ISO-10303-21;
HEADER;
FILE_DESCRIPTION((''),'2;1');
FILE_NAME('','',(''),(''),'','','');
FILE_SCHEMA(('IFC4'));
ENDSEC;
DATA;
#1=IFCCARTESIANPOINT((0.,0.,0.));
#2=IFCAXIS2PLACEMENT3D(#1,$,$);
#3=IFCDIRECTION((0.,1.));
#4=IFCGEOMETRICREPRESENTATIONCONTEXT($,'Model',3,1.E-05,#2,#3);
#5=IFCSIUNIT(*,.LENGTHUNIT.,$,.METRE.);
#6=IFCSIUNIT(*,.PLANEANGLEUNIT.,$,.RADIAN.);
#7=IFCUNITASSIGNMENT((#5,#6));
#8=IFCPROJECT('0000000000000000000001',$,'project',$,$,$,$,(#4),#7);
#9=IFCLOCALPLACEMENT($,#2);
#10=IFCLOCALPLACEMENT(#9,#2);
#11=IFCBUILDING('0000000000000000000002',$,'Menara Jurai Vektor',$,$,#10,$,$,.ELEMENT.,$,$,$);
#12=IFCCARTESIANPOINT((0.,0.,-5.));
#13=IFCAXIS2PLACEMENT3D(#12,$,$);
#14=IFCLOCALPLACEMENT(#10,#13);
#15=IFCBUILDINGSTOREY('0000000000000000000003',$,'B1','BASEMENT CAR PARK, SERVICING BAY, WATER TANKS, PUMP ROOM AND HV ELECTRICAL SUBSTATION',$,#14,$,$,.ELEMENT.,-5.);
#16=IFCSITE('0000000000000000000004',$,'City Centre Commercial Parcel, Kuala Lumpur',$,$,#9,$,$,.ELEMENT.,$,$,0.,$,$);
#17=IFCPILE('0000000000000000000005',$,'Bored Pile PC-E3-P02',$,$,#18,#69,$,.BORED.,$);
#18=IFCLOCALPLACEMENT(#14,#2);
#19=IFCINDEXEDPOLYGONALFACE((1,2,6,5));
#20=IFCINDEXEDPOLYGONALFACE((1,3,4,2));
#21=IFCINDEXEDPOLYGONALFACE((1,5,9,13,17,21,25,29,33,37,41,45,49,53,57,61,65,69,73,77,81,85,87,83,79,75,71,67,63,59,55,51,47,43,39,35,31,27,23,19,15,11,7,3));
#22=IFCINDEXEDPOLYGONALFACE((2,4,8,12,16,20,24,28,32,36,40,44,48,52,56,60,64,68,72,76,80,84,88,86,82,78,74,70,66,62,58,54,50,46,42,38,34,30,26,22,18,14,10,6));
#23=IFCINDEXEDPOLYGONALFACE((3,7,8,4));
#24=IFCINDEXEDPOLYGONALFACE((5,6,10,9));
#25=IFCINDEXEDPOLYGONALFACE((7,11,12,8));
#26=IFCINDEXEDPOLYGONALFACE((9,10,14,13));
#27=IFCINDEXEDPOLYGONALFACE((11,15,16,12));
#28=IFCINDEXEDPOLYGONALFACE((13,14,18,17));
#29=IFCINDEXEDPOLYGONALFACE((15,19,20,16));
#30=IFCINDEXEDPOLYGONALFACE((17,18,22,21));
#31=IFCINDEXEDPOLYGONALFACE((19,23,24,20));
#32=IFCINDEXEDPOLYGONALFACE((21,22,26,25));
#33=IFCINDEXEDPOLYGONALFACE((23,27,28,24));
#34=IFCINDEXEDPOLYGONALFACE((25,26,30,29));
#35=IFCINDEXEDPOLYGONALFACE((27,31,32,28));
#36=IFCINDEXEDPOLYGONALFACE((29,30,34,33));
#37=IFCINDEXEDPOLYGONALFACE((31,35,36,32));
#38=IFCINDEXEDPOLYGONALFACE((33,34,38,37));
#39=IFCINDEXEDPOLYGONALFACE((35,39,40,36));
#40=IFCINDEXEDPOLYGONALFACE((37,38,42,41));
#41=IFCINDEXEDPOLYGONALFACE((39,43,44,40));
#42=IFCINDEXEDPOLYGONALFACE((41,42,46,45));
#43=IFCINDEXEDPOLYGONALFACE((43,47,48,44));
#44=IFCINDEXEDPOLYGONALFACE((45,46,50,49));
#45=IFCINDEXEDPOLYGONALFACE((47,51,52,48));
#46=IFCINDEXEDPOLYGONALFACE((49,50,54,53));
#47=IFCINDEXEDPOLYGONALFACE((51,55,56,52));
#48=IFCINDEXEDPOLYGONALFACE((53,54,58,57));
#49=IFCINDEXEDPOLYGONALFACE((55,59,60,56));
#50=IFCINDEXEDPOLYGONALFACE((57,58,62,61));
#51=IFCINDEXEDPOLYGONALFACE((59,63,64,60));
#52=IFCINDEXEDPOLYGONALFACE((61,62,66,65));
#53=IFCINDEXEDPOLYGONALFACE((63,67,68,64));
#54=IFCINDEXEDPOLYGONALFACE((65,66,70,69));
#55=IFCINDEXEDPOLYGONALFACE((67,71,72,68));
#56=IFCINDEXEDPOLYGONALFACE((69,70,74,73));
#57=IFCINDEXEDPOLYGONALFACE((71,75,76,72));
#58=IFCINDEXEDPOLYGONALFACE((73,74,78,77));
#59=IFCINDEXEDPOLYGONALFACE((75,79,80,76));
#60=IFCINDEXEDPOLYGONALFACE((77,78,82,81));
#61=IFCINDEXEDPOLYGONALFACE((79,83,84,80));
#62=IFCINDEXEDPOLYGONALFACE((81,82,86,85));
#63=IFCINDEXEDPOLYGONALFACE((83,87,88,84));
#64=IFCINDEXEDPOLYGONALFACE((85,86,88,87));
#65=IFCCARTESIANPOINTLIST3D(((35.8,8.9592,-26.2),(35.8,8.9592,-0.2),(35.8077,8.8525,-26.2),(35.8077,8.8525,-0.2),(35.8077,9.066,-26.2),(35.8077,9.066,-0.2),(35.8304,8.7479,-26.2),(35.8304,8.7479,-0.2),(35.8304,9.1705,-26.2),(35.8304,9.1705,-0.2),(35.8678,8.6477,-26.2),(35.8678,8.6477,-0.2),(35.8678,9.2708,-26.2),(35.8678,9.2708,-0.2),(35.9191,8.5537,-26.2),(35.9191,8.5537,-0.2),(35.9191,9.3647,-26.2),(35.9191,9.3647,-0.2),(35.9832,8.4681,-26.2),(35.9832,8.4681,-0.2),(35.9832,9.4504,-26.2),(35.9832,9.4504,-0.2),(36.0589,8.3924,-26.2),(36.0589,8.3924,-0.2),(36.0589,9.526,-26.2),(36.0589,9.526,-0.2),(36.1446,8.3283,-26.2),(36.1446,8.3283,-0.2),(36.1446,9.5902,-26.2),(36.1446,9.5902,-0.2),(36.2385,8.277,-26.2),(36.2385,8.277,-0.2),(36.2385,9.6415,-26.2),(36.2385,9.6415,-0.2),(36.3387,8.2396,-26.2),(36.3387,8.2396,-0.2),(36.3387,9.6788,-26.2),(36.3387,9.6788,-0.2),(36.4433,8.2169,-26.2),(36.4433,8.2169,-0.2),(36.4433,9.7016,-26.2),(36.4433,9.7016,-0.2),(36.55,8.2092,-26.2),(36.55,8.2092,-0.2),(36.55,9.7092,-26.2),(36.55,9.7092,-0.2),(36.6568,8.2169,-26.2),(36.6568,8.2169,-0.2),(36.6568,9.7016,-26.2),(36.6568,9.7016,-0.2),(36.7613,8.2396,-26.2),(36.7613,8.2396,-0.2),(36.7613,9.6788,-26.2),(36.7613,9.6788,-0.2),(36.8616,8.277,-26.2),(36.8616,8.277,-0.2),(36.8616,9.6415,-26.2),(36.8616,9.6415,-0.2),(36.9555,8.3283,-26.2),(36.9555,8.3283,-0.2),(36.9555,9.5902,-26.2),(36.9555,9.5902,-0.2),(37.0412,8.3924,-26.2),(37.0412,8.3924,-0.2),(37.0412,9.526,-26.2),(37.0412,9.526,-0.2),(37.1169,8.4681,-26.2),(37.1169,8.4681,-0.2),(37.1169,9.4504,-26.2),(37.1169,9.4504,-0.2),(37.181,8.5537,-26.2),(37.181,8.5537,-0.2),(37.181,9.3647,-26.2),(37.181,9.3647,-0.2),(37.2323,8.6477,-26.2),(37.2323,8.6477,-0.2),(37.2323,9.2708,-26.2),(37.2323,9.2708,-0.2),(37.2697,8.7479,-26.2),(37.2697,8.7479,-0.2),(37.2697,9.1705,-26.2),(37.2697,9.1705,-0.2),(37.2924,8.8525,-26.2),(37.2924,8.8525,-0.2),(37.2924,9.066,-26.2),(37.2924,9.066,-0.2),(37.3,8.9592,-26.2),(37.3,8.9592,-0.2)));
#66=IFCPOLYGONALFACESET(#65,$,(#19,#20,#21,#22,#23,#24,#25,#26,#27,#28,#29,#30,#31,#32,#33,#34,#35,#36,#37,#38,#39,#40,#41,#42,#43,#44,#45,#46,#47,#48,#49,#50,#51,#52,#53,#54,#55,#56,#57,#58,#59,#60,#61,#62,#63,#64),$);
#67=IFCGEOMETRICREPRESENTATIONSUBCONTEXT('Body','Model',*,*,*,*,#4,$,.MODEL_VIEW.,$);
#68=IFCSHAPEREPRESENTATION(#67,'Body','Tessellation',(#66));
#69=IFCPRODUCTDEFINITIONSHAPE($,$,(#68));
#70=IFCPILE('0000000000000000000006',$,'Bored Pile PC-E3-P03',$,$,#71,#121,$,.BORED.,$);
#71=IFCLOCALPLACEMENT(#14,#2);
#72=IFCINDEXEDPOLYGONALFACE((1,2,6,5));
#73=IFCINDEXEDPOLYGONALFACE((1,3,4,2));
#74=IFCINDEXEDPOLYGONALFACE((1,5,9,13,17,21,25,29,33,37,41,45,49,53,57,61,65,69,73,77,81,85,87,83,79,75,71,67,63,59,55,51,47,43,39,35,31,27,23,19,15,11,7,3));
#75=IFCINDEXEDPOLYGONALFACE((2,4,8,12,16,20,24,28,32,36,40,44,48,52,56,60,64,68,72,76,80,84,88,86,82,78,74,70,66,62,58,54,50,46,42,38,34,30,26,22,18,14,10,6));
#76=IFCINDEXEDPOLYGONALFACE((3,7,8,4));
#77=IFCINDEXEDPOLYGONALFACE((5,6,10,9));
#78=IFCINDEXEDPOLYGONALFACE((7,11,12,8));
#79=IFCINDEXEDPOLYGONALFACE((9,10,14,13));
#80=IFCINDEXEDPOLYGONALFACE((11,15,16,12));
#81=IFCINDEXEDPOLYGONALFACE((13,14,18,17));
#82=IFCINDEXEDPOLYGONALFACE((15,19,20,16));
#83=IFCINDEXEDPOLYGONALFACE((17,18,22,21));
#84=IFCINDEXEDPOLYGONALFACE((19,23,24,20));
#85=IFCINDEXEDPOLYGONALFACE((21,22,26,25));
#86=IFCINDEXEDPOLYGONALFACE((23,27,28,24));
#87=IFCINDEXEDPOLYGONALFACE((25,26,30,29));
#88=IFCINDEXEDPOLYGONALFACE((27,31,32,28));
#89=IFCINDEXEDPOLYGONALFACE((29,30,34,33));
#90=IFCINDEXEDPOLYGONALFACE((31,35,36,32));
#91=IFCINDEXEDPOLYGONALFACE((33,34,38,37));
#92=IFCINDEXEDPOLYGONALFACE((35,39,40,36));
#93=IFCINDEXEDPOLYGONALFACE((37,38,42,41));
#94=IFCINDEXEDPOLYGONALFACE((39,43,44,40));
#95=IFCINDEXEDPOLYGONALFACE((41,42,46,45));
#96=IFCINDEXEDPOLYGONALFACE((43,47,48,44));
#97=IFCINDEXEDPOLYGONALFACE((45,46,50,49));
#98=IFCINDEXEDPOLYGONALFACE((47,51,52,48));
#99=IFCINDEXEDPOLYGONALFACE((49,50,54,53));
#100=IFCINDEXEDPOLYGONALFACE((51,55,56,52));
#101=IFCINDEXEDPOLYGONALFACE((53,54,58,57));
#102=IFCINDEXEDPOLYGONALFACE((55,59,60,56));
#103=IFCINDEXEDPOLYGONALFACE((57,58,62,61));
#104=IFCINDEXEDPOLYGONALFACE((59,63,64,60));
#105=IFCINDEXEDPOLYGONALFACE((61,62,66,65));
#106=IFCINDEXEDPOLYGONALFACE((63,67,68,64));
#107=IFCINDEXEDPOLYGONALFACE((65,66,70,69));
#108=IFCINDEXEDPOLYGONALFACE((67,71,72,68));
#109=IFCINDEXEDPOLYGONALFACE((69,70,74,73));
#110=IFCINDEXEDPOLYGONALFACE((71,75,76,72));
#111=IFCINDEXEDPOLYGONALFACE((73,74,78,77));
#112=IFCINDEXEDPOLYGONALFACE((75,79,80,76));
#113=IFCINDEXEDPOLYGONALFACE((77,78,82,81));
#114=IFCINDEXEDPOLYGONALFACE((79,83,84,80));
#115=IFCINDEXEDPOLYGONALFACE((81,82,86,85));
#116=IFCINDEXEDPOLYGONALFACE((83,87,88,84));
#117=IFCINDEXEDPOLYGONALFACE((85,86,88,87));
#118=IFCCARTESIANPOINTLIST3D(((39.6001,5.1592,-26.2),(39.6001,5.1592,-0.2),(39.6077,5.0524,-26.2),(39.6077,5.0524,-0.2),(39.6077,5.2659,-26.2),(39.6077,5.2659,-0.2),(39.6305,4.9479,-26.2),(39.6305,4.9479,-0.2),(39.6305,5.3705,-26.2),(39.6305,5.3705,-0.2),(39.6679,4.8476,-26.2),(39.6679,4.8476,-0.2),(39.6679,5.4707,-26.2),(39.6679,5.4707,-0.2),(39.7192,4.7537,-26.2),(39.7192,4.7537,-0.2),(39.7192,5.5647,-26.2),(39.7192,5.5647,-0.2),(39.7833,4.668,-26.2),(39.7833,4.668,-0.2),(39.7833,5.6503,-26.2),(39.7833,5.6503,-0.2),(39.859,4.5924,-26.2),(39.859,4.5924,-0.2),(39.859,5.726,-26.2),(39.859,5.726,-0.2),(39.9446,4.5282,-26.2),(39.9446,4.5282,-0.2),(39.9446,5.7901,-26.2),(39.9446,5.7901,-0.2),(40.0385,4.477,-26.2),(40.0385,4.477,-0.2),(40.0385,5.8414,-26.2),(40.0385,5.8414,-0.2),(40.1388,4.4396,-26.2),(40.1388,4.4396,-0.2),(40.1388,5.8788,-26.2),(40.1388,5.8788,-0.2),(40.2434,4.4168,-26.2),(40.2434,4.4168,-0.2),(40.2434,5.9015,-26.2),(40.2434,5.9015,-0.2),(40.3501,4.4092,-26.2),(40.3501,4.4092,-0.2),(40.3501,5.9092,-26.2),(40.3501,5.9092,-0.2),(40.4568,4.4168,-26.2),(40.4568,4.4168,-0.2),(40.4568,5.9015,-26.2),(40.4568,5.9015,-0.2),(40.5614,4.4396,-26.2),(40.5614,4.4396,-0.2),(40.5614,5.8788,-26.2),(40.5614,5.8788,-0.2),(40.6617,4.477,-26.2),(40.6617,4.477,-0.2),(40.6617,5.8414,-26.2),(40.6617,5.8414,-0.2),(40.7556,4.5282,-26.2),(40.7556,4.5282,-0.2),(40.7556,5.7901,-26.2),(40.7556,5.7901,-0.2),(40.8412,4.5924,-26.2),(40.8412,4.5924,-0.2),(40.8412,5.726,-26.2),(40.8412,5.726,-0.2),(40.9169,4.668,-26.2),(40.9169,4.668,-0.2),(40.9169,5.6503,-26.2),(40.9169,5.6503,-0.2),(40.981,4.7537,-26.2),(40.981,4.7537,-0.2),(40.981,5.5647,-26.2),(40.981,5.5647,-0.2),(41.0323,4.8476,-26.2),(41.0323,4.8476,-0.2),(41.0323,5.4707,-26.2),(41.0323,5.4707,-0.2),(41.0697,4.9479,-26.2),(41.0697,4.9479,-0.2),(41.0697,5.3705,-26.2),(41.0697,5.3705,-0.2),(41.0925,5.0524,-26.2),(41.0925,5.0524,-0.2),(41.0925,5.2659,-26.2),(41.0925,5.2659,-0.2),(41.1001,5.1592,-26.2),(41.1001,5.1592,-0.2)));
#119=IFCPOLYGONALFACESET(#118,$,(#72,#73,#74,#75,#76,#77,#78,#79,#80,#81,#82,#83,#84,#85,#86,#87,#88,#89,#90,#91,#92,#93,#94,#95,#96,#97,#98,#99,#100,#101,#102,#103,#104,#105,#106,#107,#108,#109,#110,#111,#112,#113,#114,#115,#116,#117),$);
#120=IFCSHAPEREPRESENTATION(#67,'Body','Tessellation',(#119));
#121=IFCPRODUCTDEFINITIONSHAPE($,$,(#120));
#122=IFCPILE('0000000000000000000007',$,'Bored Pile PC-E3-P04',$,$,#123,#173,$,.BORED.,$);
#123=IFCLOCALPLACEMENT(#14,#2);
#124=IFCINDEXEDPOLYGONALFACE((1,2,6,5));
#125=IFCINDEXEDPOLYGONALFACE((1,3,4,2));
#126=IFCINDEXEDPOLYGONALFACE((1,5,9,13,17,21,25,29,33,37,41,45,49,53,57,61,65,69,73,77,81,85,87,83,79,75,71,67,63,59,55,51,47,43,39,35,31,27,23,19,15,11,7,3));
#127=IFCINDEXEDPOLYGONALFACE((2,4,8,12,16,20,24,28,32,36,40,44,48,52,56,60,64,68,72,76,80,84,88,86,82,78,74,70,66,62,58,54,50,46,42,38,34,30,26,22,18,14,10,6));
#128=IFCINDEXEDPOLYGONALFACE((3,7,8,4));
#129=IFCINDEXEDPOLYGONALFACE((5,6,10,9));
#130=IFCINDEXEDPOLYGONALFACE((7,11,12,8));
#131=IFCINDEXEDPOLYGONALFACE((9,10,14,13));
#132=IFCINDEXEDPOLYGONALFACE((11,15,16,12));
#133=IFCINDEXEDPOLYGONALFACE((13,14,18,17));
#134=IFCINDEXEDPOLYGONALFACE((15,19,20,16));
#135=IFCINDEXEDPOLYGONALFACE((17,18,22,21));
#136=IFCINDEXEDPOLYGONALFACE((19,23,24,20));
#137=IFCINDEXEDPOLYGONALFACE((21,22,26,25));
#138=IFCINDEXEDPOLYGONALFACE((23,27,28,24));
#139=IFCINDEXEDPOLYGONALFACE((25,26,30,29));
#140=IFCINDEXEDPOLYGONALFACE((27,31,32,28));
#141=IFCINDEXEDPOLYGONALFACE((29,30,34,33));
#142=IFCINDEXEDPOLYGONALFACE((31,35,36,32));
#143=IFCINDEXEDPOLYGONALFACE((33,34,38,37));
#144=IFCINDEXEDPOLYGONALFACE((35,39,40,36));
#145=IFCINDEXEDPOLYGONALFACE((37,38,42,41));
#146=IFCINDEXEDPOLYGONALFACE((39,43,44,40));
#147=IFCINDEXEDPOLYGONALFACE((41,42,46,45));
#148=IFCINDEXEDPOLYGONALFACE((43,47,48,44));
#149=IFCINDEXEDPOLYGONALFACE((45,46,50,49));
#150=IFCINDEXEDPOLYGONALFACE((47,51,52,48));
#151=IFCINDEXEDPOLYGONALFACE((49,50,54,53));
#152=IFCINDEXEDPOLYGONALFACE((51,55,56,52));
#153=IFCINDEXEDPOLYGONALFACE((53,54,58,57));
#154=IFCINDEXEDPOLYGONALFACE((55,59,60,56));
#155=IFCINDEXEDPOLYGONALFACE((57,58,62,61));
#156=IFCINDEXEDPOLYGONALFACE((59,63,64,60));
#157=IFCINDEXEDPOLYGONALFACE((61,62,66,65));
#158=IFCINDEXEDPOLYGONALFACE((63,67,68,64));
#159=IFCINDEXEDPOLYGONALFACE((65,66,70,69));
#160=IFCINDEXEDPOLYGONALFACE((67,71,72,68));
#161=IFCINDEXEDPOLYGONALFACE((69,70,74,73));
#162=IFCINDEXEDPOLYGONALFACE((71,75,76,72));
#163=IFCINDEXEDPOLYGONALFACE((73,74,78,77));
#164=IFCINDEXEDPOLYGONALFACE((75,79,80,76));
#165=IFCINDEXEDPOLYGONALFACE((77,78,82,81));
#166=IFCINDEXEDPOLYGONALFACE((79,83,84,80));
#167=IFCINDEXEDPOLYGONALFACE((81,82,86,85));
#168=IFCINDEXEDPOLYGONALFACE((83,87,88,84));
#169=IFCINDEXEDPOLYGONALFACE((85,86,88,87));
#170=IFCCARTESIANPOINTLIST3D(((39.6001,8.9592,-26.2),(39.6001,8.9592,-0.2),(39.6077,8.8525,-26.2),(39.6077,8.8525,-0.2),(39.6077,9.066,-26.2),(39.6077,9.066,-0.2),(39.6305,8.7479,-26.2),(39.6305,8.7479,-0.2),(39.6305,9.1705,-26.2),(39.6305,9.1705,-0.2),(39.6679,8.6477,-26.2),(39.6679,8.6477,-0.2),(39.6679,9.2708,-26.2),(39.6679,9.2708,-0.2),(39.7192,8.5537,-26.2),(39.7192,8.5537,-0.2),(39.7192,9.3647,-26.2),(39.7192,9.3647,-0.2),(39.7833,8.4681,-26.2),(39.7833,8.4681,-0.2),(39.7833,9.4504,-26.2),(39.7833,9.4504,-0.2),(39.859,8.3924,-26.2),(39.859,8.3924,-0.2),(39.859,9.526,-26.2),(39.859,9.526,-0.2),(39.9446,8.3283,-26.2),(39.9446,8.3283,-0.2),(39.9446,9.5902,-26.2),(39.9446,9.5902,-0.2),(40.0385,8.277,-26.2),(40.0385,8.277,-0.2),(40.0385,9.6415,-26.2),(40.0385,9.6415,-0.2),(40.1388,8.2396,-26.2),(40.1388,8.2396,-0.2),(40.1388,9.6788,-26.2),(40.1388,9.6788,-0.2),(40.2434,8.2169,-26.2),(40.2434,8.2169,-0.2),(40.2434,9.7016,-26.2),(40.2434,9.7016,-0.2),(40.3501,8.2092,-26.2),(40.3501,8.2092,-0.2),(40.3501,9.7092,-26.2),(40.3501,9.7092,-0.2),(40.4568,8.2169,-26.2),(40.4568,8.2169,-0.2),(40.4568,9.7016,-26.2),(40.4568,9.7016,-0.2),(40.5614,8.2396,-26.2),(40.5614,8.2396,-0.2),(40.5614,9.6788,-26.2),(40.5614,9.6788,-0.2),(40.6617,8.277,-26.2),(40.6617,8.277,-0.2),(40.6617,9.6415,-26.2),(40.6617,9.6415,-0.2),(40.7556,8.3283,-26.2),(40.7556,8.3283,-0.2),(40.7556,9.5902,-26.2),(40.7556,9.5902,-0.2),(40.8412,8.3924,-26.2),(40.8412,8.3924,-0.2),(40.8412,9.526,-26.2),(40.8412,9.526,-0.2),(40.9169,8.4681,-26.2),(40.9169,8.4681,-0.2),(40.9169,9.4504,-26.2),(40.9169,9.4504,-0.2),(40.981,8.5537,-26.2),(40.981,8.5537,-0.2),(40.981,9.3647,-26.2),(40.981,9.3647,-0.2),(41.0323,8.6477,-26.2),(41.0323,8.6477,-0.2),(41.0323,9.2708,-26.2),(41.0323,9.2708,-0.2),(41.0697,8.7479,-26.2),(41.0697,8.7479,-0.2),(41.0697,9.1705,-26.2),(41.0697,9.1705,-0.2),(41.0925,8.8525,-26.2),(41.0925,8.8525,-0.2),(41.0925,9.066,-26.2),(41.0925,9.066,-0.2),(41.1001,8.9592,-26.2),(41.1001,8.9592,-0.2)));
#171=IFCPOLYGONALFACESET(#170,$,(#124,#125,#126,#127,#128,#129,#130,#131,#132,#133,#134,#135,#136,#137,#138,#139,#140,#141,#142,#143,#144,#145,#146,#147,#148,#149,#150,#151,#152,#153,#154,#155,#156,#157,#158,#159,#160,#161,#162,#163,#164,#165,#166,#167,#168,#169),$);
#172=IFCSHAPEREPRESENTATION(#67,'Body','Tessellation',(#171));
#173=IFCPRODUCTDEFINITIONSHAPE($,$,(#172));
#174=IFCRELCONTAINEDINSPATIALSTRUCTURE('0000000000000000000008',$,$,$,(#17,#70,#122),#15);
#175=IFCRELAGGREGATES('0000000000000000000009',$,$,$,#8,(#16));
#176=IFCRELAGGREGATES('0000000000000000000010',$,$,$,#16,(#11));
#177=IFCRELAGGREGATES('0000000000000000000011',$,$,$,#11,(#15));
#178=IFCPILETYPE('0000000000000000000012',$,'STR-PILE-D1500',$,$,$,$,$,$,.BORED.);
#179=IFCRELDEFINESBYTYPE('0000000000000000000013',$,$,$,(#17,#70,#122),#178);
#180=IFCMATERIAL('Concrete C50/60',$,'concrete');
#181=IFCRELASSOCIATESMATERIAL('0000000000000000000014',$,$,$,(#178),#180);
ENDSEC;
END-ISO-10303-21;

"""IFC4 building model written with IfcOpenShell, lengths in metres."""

from ifc_helpers import new_model, si_unit, direction, frame, origin, origin_2d, place, context, subcontext, project, spatial, circle, extrude, material, material_profile, profile_set, type_object, element, save


model = new_model("IFC4")

# Units and contexts
model_context = context("Model", 3, precision=1e-05, world=origin(), true_north=direction((0.0, 1.0)))
body_context = subcontext(model_context, "Body", "Model", "MODEL_VIEW")
ifc_project = project(units=[si_unit("LENGTHUNIT", "METRE"), si_unit("PLANEANGLEUNIT", "RADIAN")], contexts=[model_context])

# Site, building, storey
site_placement = place(None, origin())
site = spatial("IfcSite", under=ifc_project, at=site_placement, Name="City Centre Commercial Parcel, Kuala Lumpur", CompositionType="ELEMENT", RefElevation=0.0)
building_placement = place(site_placement, origin())
building = spatial("IfcBuilding", under=site, at=building_placement, Name="Menara Jurai Vektor", CompositionType="ELEMENT")
storey_placement = place(building_placement, frame((0.0, 0.0, -5.0)))
storey = spatial("IfcBuildingStorey", under=building, at=storey_placement, Name="B1", Description="BASEMENT CAR PARK, SERVICING BAY, WATER TANKS, PUMP ROOM AND HV ELECTRICAL SUBSTATION", CompositionType="ELEMENT", Elevation=-5.0)

# Shared definitions
ifc_material_1 = material(Name="Concrete C50/60", Category="concrete")

# Piles
ifc_material_profile_1 = material_profile(ifc_material_1, circle(Radius=0.75, at=origin_2d()), Name="PILE D1500")
ifc_profile_set_1 = profile_set([ifc_material_profile_1], Name="Concrete C50/60")
pile_type_1 = type_object("IfcPileType", Name="STR-PILE-D1500", PredefinedType="BORED", material=ifc_profile_set_1)
for number, where, z_axis, x_axis, name in (
    (1, (36.55, 8.9592, -0.2), (0.0, 0.0, -1.0), (1.0, 0.0, 0.0), "Bored Pile PC-E3-P02"),
    (2, (40.3501, 5.1592, -0.2), (0.0, 0.0, -1.0), (1.0, 0.0, 0.0), "Bored Pile PC-E3-P03"),
    (3, (40.3501, 8.9592, -0.2), (0.0, 0.0, -1.0), (1.0, 0.0, 0.0), "Bored Pile PC-E3-P04"),
):
    element("IfcPile", number, at=place(storey_placement, frame(where, z_axis=z_axis, x_axis=x_axis)), inside=storey, type_object=pile_type_1, Name=name, PredefinedType="BORED", context=body_context, shape_type="SweptSolid", body=[
        extrude(circle(Radius=0.75, at=origin_2d()), origin(), (0.0, 0.0, 1.0), 26.0),
    ])

save(model, "model.ifc")
